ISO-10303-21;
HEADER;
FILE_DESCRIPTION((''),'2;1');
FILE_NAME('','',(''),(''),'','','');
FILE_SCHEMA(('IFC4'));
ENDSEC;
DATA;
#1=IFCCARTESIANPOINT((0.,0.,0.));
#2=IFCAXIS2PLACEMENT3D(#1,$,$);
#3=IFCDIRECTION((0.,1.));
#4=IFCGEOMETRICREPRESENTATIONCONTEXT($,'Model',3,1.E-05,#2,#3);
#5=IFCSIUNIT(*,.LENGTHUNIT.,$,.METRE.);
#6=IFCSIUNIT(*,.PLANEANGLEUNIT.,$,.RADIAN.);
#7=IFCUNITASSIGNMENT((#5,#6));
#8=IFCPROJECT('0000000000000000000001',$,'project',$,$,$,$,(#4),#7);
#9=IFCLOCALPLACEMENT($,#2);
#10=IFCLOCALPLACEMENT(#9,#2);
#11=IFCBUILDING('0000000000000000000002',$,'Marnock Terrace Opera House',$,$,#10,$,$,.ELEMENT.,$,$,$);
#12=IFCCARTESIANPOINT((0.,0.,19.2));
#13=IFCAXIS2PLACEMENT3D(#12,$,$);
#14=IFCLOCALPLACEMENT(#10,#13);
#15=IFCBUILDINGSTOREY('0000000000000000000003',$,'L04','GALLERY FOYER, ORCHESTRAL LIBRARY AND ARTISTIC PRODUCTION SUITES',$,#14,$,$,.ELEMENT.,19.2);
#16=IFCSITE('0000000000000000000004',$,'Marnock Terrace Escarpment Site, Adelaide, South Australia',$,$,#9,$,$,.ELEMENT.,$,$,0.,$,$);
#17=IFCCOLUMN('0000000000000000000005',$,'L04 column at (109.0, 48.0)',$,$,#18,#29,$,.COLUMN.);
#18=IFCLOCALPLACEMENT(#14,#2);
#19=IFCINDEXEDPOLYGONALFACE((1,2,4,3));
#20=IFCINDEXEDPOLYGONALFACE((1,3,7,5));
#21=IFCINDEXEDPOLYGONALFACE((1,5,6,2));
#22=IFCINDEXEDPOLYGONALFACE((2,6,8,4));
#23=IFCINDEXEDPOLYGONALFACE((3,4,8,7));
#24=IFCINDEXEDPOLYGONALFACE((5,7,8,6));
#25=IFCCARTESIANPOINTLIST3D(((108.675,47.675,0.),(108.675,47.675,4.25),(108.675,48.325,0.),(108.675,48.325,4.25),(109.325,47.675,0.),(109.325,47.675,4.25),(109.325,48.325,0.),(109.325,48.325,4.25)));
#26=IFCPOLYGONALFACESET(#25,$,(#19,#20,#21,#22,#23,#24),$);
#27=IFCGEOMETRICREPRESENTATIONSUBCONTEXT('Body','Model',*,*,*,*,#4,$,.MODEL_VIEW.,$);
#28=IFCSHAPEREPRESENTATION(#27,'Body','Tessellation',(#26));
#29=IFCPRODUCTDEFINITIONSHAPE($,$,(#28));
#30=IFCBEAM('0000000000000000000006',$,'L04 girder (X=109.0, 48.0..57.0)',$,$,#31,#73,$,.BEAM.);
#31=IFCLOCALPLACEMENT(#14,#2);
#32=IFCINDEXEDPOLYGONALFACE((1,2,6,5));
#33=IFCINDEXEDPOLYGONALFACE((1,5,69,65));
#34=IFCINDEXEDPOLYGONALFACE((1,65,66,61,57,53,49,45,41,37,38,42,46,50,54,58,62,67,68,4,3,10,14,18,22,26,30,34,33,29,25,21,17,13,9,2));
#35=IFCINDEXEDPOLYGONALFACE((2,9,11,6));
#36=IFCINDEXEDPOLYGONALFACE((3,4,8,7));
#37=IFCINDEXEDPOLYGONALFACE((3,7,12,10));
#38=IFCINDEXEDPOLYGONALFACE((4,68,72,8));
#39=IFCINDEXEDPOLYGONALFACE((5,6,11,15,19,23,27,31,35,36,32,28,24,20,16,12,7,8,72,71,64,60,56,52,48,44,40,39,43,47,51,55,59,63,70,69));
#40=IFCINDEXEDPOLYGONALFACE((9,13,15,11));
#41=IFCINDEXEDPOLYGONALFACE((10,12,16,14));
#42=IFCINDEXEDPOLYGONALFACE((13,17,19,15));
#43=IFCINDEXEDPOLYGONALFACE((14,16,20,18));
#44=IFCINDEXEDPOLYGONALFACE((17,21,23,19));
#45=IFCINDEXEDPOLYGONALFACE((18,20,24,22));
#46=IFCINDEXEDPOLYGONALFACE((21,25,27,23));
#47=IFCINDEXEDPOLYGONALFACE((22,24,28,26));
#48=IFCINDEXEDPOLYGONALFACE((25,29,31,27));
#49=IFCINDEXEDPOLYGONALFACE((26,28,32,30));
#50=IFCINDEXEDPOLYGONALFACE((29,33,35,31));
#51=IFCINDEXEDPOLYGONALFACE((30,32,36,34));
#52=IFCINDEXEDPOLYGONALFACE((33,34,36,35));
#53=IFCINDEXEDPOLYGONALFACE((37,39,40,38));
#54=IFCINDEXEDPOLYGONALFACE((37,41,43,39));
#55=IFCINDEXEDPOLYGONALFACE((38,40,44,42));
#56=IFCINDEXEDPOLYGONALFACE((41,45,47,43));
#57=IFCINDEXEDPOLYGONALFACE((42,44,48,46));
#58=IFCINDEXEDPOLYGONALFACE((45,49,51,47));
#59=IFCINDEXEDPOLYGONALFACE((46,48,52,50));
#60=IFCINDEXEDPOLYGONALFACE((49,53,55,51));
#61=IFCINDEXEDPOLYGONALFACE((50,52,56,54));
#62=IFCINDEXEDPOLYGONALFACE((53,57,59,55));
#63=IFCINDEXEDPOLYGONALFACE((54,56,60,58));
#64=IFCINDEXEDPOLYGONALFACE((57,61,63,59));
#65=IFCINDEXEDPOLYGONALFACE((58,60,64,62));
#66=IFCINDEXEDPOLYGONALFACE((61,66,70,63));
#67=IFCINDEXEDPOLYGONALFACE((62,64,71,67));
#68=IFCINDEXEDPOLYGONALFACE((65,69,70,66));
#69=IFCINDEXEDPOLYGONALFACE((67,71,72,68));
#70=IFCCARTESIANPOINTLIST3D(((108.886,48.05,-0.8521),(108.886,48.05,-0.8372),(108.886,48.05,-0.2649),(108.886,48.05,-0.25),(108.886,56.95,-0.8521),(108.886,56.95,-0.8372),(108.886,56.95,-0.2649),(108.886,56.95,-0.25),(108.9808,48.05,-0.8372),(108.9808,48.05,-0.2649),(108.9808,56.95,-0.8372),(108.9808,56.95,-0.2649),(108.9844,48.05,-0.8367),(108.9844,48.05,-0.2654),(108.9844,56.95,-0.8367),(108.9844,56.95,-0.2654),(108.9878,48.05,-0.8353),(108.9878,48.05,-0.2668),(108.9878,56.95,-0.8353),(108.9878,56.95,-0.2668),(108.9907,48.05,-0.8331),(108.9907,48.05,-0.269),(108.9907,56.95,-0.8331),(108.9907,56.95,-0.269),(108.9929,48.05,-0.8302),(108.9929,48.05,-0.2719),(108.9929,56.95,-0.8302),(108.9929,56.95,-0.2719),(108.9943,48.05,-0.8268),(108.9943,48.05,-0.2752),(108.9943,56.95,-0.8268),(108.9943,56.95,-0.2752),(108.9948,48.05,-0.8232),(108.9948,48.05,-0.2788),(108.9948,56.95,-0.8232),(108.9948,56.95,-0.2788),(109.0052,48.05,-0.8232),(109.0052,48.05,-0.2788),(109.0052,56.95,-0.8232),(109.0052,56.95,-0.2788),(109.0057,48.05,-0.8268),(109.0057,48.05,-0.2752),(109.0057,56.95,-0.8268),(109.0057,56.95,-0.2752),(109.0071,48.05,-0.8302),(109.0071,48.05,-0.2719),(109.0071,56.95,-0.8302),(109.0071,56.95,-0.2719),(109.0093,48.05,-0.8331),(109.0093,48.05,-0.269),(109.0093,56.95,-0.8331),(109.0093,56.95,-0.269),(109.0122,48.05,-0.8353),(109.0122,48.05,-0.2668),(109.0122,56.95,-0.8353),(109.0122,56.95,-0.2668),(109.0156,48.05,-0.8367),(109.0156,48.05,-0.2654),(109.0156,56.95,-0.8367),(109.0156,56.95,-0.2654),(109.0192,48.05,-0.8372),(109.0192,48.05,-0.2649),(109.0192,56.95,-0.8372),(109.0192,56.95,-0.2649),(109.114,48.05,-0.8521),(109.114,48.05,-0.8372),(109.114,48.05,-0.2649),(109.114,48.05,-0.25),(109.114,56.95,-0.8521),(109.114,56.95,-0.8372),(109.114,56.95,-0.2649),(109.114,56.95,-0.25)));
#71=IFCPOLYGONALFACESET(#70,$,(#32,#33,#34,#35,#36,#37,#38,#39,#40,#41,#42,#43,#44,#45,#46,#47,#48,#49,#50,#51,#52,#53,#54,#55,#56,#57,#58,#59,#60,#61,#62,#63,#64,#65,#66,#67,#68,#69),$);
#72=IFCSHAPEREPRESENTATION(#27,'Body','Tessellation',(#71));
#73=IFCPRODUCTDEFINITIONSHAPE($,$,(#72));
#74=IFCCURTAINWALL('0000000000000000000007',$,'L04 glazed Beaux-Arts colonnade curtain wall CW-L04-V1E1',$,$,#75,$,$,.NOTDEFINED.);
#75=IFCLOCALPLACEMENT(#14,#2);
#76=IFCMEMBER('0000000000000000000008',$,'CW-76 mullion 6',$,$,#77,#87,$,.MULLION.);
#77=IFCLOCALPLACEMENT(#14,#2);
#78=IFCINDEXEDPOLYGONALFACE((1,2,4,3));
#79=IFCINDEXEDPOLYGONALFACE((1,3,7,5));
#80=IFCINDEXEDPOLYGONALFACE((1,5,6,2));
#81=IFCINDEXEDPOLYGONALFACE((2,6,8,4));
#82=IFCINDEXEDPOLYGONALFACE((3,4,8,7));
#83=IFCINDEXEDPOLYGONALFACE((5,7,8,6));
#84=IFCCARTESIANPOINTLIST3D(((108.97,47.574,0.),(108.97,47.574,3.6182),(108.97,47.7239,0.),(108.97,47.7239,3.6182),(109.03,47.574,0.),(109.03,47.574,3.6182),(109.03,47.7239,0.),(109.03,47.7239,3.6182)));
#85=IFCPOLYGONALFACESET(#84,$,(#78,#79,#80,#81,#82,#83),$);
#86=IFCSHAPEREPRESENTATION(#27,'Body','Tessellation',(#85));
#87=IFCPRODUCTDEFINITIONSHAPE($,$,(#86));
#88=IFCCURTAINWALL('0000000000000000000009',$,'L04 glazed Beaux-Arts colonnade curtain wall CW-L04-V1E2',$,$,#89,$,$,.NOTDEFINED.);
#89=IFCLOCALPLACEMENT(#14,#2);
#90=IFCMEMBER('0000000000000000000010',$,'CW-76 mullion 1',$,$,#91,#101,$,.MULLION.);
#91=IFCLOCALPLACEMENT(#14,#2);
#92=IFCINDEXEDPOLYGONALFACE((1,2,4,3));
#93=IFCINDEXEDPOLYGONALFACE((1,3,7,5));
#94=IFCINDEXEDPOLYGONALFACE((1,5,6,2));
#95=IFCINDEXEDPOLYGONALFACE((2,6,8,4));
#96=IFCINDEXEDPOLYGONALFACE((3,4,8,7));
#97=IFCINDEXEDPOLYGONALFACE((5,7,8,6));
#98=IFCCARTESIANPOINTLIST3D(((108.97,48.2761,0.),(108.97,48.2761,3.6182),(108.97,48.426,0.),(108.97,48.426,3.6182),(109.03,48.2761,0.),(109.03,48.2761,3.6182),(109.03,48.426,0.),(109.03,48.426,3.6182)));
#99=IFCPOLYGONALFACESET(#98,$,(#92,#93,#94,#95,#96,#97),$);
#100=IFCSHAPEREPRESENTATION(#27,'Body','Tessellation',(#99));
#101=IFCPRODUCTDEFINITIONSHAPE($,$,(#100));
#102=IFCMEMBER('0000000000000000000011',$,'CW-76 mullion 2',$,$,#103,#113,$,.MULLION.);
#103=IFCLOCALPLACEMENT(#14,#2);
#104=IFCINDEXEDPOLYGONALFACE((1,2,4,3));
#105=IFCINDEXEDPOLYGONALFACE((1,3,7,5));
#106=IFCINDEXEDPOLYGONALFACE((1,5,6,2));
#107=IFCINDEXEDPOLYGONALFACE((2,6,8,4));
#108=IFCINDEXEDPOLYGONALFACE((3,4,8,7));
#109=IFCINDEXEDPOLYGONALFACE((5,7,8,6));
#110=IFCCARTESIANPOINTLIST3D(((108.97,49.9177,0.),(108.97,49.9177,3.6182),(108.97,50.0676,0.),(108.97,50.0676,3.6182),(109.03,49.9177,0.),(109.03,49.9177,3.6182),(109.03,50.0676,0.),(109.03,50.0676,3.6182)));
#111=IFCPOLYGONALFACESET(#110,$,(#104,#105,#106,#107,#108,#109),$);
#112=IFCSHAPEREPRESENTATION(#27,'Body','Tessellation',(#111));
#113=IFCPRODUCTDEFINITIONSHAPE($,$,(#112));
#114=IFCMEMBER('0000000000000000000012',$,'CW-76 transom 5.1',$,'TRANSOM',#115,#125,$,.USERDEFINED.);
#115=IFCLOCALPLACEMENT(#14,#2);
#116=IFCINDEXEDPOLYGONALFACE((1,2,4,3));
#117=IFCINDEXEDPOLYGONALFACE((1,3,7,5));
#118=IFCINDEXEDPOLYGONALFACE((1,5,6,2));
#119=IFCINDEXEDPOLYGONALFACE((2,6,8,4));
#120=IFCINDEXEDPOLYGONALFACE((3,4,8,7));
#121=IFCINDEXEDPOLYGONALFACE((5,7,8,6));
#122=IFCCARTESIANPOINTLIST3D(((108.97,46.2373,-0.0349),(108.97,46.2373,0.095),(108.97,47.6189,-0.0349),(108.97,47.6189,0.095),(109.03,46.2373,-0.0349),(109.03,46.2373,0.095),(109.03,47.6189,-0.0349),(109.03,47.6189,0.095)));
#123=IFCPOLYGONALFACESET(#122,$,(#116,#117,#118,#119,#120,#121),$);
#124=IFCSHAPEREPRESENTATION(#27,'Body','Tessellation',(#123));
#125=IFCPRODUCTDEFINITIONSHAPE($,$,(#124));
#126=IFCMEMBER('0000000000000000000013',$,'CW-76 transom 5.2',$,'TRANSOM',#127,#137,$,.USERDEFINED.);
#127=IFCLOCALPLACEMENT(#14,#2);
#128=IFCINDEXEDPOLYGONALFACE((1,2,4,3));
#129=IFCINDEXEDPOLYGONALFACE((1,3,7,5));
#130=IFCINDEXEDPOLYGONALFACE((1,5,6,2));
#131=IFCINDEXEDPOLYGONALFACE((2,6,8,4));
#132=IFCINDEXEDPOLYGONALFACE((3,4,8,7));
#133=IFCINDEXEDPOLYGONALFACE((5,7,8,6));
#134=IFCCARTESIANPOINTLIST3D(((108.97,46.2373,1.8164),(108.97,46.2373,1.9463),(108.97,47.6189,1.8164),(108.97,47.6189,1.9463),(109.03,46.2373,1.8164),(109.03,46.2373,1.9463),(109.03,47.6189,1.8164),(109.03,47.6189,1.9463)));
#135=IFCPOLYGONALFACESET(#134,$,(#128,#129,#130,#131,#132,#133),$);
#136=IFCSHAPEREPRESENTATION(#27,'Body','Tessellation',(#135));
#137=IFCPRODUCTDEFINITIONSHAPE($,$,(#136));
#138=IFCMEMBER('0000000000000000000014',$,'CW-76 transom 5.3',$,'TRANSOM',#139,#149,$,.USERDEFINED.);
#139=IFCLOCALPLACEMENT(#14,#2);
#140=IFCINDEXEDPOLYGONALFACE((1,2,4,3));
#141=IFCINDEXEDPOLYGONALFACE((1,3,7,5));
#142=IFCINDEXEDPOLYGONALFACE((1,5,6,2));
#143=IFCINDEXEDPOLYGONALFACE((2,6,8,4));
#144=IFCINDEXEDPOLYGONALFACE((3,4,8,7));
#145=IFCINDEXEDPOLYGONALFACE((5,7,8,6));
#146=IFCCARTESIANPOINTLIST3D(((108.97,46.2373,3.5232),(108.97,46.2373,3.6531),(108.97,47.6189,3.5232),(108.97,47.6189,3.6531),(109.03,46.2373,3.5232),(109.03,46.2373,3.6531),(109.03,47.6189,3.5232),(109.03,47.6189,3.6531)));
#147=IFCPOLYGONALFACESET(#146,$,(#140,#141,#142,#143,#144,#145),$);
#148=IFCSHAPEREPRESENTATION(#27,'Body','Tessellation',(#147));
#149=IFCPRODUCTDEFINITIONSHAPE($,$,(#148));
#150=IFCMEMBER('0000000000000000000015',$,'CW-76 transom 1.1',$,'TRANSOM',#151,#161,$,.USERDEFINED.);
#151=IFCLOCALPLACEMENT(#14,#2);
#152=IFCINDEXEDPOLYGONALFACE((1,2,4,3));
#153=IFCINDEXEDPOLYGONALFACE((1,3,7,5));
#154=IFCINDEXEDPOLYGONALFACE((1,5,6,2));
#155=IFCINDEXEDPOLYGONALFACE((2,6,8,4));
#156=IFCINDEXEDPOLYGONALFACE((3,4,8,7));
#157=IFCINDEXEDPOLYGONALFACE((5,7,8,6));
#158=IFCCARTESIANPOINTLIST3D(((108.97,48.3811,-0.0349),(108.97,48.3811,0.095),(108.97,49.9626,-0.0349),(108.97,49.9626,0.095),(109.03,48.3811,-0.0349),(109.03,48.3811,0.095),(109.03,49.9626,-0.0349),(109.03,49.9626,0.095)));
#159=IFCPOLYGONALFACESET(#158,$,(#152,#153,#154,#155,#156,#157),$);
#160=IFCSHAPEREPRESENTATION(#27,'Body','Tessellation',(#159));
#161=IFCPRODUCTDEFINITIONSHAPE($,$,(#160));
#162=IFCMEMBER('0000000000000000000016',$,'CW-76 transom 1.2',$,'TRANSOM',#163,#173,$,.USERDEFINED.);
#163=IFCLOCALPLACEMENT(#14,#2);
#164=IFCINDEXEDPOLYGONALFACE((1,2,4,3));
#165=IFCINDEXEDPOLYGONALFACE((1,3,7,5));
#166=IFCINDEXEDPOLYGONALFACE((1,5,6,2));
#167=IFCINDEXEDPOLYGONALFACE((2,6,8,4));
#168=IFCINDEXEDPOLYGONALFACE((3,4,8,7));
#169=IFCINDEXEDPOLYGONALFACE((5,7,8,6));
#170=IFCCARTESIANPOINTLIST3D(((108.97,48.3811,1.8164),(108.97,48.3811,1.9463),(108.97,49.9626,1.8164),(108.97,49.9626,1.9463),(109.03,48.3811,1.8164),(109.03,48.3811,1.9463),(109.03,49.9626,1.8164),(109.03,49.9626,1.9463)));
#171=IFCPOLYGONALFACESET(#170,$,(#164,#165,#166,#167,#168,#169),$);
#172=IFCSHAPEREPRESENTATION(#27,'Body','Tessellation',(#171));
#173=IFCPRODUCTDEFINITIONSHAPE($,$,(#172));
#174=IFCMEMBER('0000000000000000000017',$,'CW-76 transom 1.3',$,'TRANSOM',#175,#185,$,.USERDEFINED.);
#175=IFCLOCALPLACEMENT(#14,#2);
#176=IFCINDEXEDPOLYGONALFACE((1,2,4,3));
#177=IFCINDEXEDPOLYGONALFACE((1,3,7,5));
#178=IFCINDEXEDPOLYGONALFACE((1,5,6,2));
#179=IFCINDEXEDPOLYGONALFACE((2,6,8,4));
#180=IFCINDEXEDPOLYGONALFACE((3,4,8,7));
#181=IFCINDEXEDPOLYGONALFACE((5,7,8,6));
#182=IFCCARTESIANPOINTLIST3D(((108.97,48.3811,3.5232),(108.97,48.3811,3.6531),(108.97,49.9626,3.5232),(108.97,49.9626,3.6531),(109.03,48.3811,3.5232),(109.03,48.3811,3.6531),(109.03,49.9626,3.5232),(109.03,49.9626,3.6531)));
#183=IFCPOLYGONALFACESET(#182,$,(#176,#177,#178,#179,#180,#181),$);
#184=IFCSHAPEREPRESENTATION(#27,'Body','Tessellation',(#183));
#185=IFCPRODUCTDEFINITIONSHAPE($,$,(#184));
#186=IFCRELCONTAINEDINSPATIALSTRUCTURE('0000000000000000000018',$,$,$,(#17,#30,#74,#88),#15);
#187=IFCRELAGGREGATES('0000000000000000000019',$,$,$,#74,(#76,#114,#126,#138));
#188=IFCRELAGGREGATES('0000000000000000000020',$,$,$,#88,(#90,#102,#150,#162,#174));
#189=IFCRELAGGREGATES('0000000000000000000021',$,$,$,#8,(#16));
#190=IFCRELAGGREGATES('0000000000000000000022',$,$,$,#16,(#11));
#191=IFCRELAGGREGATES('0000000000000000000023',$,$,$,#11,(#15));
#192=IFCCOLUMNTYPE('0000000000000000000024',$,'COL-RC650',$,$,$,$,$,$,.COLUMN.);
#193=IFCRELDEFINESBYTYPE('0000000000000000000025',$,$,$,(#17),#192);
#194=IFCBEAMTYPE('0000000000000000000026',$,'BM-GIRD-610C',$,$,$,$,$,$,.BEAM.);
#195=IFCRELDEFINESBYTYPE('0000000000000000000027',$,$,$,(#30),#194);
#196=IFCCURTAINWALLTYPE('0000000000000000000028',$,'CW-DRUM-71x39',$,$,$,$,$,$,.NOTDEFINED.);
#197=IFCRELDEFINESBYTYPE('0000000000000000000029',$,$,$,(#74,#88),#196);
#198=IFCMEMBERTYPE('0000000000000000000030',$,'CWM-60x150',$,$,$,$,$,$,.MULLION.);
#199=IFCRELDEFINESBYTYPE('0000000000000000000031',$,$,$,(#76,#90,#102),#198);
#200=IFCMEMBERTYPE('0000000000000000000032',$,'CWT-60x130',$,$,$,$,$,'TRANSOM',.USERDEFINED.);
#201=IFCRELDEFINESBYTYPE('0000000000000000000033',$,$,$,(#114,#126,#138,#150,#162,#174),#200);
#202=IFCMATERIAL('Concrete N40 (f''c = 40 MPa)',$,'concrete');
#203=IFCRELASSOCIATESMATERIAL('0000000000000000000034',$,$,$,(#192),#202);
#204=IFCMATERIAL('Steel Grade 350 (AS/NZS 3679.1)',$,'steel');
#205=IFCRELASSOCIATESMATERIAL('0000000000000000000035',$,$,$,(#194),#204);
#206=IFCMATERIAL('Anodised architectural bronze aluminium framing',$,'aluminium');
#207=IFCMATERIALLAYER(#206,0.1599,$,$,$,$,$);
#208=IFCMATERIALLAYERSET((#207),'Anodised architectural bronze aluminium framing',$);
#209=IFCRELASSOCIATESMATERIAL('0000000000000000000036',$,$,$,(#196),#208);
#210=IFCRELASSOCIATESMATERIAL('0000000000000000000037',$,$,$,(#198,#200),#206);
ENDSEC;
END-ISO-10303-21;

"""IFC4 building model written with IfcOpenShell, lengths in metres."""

from ifc_helpers import new_model, si_unit, direction, frame, origin, origin_2d, place, context, subcontext, project, spatial, rectangle, i_section, extrude, material, layer, layer_set, material_profile, profile_set, type_object, element, aggregate, save


model = new_model("IFC4")

# Units and contexts
model_context = context("Model", 3, precision=1e-05, world=origin(), true_north=direction((0.0, 1.0)))
body_context = subcontext(model_context, "Body", "Model", "MODEL_VIEW")
ifc_project = project(units=[si_unit("LENGTHUNIT", "METRE"), si_unit("PLANEANGLEUNIT", "RADIAN")], contexts=[model_context])

# Site, building, storey
site_placement = place(None, origin())
site = spatial("IfcSite", under=ifc_project, at=site_placement, Name="Marnock Terrace Escarpment Site, Adelaide, South Australia", CompositionType="ELEMENT", RefElevation=0.0)
building_placement = place(site_placement, origin())
building = spatial("IfcBuilding", under=site, at=building_placement, Name="Marnock Terrace Opera House", CompositionType="ELEMENT")
storey_placement = place(building_placement, frame((0.0, 0.0, 19.2)))
storey = spatial("IfcBuildingStorey", under=building, at=storey_placement, Name="L04", Description="GALLERY FOYER, ORCHESTRAL LIBRARY AND ARTISTIC PRODUCTION SUITES", CompositionType="ELEMENT", Elevation=19.2)

# Column
ifc_material_1 = material(Name="Concrete N40 (f'c = 40 MPa)", Category="concrete")
ifc_material_profile_1 = material_profile(ifc_material_1, rectangle(XDim=0.6499, YDim=0.6499, at=origin_2d()))
ifc_profile_set_1 = profile_set([ifc_material_profile_1], Name="Concrete N40 (f'c = 40 MPa)")
column_type = type_object("IfcColumnType", Name="COL-RC650", PredefinedType="COLUMN", material=ifc_profile_set_1)
column_placement = place(storey_placement, frame((109.0, 48.0, 0.0), z_axis=(0.0, 0.0, 1.0), x_axis=(1.0, 0.0, 0.0)))
element("IfcColumn", 1, at=column_placement, inside=storey, type_object=column_type, Name="L04 column at (109.0, 48.0)", PredefinedType="COLUMN", context=body_context, shape_type="SweptSolid", body=[
    extrude(rectangle(XDim=0.6499, YDim=0.6499, at=origin_2d()), origin(), (0.0, 0.0, 1.0), 4.25),
])

# Beam
ifc_material_2 = material(Name="Steel Grade 350 (AS/NZS 3679.1)", Category="steel")
ifc_material_profile_2 = material_profile(ifc_material_2, i_section(OverallWidth=0.228, OverallDepth=0.6021, WebThickness=0.0105, FlangeThickness=0.0149, FilletRadius=0.0139, at=origin_2d()))
ifc_profile_set_2 = profile_set([ifc_material_profile_2], Name="Steel Grade 350 (AS/NZS 3679.1)")
beam_type = type_object("IfcBeamType", Name="BM-GIRD-610C", PredefinedType="BEAM", material=ifc_profile_set_2)
beam_placement = place(storey_placement, frame((109.0, 48.05, -0.551), z_axis=(0.0, 1.0, 0.0), x_axis=(-1.0, 0.0, 0.0)))
element("IfcBeam", 2, at=beam_placement, inside=storey, type_object=beam_type, Name="L04 girder (X=109.0, 48.0..57.0)", PredefinedType="BEAM", context=body_context, shape_type="SweptSolid", body=[
    extrude(i_section(OverallWidth=0.228, OverallDepth=0.6021, WebThickness=0.0105, FlangeThickness=0.0149, FilletRadius=0.0139, at=origin_2d()), origin(), (0.0, 0.0, 1.0), 8.8999),
])

# Curtain wall, member
ifc_material_3 = material(Name="Anodised architectural bronze aluminium framing", Category="aluminium")
ifc_layer_1 = layer(ifc_material_3, 0.1599)
ifc_layer_set_1 = layer_set([ifc_layer_1], Name="Anodised architectural bronze aluminium framing")
curtain_wall_type = type_object("IfcCurtainWallType", Name="CW-DRUM-71x39", PredefinedType="NOTDEFINED", material=ifc_layer_set_1)
curtain_wall_1_placement = place(storey_placement, origin())
curtain_wall_1 = element("IfcCurtainWall", 3, at=curtain_wall_1_placement, inside=storey, type_object=curtain_wall_type, Name="L04 glazed Beaux-Arts colonnade curtain wall CW-L04-V1E1", PredefinedType="NOTDEFINED")
ifc_material_profile_3 = material_profile(ifc_material_3, rectangle(XDim=0.0601, YDim=0.1499, at=origin_2d()))
ifc_profile_set_3 = profile_set([ifc_material_profile_3], Name="Anodised architectural bronze aluminium framing")
member_type_1 = type_object("IfcMemberType", Name="CWM-60x150", PredefinedType="MULLION", material=ifc_profile_set_3)
member_1_placement = place(storey_placement, frame((109.0, 47.6489, 0.0), z_axis=(0.0, 0.0, 1.0), x_axis=(-1.0, 0.0, 0.0)))
member_1 = element("IfcMember", 4, at=member_1_placement, type_object=member_type_1, Name="CW-76 mullion 6", PredefinedType="MULLION", context=body_context, shape_type="SweptSolid", body=[
    extrude(rectangle(XDim=0.0601, YDim=0.1499, at=origin_2d()), origin(), (0.0, 0.0, 1.0), 3.6182),
])

# Curtain wall, members
curtain_wall_2_placement = place(storey_placement, origin())
curtain_wall_2 = element("IfcCurtainWall", 5, at=curtain_wall_2_placement, inside=storey, type_object=curtain_wall_type, Name="L04 glazed Beaux-Arts colonnade curtain wall CW-L04-V1E2", PredefinedType="NOTDEFINED")
member_2_placement = place(storey_placement, frame((109.0, 48.3511, 0.0), z_axis=(0.0, 0.0, 1.0), x_axis=(-1.0, 0.0, 0.0)))
member_2 = element("IfcMember", 6, at=member_2_placement, type_object=member_type_1, Name="CW-76 mullion 1", PredefinedType="MULLION", context=body_context, shape_type="SweptSolid", body=[
    extrude(rectangle(XDim=0.0601, YDim=0.1499, at=origin_2d()), origin(), (0.0, 0.0, 1.0), 3.6182),
])
member_3_placement = place(storey_placement, frame((109.0, 49.9927, 0.0), z_axis=(0.0, 0.0, 1.0), x_axis=(-1.0, 0.0, 0.0)))
member_3 = element("IfcMember", 7, at=member_3_placement, type_object=member_type_1, Name="CW-76 mullion 2", PredefinedType="MULLION", context=body_context, shape_type="SweptSolid", body=[
    extrude(rectangle(XDim=0.0601, YDim=0.1499, at=origin_2d()), origin(), (0.0, 0.0, 1.0), 3.6182),
])

# Members
ifc_material_profile_4 = material_profile(ifc_material_3, rectangle(XDim=0.0601, YDim=0.1299, at=origin_2d()))
ifc_profile_set_4 = profile_set([ifc_material_profile_4], Name="Anodised architectural bronze aluminium framing")
member_type_2 = type_object("IfcMemberType", Name="CWT-60x130", ElementType="TRANSOM", PredefinedType="USERDEFINED", material=ifc_profile_set_4)
member_4_placement = place(storey_placement, frame((109.0, 46.2373, 0.03), z_axis=(0.0, 1.0, 0.0), x_axis=(-1.0, 0.0, 0.0)))
member_4 = element("IfcMember", 8, at=member_4_placement, type_object=member_type_2, Name="CW-76 transom 5.1", ObjectType="TRANSOM", PredefinedType="USERDEFINED", context=body_context, shape_type="SweptSolid", body=[
    extrude(rectangle(XDim=0.0601, YDim=0.1299, at=origin_2d()), origin(), (0.0, 0.0, 1.0), 1.3816),
])
member_5_placement = place(storey_placement, frame((109.0, 46.2373, 1.8813), z_axis=(0.0, 1.0, 0.0), x_axis=(-1.0, 0.0, 0.0)))
member_5 = element("IfcMember", 9, at=member_5_placement, type_object=member_type_2, Name="CW-76 transom 5.2", ObjectType="TRANSOM", PredefinedType="USERDEFINED", context=body_context, shape_type="SweptSolid", body=[
    extrude(rectangle(XDim=0.0601, YDim=0.1299, at=origin_2d()), origin(), (0.0, 0.0, 1.0), 1.3816),
])
member_6_placement = place(storey_placement, frame((109.0, 46.2373, 3.5881), z_axis=(0.0, 1.0, 0.0), x_axis=(-1.0, 0.0, 0.0)))
member_6 = element("IfcMember", 10, at=member_6_placement, type_object=member_type_2, Name="CW-76 transom 5.3", ObjectType="TRANSOM", PredefinedType="USERDEFINED", context=body_context, shape_type="SweptSolid", body=[
    extrude(rectangle(XDim=0.0601, YDim=0.1299, at=origin_2d()), origin(), (0.0, 0.0, 1.0), 1.3816),
])
member_7_placement = place(storey_placement, frame((109.0, 48.3811, 0.03), z_axis=(0.0, 1.0, 0.0), x_axis=(-1.0, 0.0, 0.0)))
member_7 = element("IfcMember", 11, at=member_7_placement, type_object=member_type_2, Name="CW-76 transom 1.1", ObjectType="TRANSOM", PredefinedType="USERDEFINED", context=body_context, shape_type="SweptSolid", body=[
    extrude(rectangle(XDim=0.0601, YDim=0.1299, at=origin_2d()), origin(), (0.0, 0.0, 1.0), 1.5815),
])
member_8_placement = place(storey_placement, frame((109.0, 48.3811, 1.8813), z_axis=(0.0, 1.0, 0.0), x_axis=(-1.0, 0.0, 0.0)))
member_8 = element("IfcMember", 12, at=member_8_placement, type_object=member_type_2, Name="CW-76 transom 1.2", ObjectType="TRANSOM", PredefinedType="USERDEFINED", context=body_context, shape_type="SweptSolid", body=[
    extrude(rectangle(XDim=0.0601, YDim=0.1299, at=origin_2d()), origin(), (0.0, 0.0, 1.0), 1.5815),
])
member_9_placement = place(storey_placement, frame((109.0, 48.3811, 3.5881), z_axis=(0.0, 1.0, 0.0), x_axis=(-1.0, 0.0, 0.0)))
member_9 = element("IfcMember", 13, at=member_9_placement, type_object=member_type_2, Name="CW-76 transom 1.3", ObjectType="TRANSOM", PredefinedType="USERDEFINED", context=body_context, shape_type="SweptSolid", body=[
    extrude(rectangle(XDim=0.0601, YDim=0.1299, at=origin_2d()), origin(), (0.0, 0.0, 1.0), 1.5815),
])

aggregate(curtain_wall_1, [member_1, member_4, member_5, member_6])
aggregate(curtain_wall_2, [member_2, member_3, member_7, member_8, member_9])

save(model, "model.ifc")
